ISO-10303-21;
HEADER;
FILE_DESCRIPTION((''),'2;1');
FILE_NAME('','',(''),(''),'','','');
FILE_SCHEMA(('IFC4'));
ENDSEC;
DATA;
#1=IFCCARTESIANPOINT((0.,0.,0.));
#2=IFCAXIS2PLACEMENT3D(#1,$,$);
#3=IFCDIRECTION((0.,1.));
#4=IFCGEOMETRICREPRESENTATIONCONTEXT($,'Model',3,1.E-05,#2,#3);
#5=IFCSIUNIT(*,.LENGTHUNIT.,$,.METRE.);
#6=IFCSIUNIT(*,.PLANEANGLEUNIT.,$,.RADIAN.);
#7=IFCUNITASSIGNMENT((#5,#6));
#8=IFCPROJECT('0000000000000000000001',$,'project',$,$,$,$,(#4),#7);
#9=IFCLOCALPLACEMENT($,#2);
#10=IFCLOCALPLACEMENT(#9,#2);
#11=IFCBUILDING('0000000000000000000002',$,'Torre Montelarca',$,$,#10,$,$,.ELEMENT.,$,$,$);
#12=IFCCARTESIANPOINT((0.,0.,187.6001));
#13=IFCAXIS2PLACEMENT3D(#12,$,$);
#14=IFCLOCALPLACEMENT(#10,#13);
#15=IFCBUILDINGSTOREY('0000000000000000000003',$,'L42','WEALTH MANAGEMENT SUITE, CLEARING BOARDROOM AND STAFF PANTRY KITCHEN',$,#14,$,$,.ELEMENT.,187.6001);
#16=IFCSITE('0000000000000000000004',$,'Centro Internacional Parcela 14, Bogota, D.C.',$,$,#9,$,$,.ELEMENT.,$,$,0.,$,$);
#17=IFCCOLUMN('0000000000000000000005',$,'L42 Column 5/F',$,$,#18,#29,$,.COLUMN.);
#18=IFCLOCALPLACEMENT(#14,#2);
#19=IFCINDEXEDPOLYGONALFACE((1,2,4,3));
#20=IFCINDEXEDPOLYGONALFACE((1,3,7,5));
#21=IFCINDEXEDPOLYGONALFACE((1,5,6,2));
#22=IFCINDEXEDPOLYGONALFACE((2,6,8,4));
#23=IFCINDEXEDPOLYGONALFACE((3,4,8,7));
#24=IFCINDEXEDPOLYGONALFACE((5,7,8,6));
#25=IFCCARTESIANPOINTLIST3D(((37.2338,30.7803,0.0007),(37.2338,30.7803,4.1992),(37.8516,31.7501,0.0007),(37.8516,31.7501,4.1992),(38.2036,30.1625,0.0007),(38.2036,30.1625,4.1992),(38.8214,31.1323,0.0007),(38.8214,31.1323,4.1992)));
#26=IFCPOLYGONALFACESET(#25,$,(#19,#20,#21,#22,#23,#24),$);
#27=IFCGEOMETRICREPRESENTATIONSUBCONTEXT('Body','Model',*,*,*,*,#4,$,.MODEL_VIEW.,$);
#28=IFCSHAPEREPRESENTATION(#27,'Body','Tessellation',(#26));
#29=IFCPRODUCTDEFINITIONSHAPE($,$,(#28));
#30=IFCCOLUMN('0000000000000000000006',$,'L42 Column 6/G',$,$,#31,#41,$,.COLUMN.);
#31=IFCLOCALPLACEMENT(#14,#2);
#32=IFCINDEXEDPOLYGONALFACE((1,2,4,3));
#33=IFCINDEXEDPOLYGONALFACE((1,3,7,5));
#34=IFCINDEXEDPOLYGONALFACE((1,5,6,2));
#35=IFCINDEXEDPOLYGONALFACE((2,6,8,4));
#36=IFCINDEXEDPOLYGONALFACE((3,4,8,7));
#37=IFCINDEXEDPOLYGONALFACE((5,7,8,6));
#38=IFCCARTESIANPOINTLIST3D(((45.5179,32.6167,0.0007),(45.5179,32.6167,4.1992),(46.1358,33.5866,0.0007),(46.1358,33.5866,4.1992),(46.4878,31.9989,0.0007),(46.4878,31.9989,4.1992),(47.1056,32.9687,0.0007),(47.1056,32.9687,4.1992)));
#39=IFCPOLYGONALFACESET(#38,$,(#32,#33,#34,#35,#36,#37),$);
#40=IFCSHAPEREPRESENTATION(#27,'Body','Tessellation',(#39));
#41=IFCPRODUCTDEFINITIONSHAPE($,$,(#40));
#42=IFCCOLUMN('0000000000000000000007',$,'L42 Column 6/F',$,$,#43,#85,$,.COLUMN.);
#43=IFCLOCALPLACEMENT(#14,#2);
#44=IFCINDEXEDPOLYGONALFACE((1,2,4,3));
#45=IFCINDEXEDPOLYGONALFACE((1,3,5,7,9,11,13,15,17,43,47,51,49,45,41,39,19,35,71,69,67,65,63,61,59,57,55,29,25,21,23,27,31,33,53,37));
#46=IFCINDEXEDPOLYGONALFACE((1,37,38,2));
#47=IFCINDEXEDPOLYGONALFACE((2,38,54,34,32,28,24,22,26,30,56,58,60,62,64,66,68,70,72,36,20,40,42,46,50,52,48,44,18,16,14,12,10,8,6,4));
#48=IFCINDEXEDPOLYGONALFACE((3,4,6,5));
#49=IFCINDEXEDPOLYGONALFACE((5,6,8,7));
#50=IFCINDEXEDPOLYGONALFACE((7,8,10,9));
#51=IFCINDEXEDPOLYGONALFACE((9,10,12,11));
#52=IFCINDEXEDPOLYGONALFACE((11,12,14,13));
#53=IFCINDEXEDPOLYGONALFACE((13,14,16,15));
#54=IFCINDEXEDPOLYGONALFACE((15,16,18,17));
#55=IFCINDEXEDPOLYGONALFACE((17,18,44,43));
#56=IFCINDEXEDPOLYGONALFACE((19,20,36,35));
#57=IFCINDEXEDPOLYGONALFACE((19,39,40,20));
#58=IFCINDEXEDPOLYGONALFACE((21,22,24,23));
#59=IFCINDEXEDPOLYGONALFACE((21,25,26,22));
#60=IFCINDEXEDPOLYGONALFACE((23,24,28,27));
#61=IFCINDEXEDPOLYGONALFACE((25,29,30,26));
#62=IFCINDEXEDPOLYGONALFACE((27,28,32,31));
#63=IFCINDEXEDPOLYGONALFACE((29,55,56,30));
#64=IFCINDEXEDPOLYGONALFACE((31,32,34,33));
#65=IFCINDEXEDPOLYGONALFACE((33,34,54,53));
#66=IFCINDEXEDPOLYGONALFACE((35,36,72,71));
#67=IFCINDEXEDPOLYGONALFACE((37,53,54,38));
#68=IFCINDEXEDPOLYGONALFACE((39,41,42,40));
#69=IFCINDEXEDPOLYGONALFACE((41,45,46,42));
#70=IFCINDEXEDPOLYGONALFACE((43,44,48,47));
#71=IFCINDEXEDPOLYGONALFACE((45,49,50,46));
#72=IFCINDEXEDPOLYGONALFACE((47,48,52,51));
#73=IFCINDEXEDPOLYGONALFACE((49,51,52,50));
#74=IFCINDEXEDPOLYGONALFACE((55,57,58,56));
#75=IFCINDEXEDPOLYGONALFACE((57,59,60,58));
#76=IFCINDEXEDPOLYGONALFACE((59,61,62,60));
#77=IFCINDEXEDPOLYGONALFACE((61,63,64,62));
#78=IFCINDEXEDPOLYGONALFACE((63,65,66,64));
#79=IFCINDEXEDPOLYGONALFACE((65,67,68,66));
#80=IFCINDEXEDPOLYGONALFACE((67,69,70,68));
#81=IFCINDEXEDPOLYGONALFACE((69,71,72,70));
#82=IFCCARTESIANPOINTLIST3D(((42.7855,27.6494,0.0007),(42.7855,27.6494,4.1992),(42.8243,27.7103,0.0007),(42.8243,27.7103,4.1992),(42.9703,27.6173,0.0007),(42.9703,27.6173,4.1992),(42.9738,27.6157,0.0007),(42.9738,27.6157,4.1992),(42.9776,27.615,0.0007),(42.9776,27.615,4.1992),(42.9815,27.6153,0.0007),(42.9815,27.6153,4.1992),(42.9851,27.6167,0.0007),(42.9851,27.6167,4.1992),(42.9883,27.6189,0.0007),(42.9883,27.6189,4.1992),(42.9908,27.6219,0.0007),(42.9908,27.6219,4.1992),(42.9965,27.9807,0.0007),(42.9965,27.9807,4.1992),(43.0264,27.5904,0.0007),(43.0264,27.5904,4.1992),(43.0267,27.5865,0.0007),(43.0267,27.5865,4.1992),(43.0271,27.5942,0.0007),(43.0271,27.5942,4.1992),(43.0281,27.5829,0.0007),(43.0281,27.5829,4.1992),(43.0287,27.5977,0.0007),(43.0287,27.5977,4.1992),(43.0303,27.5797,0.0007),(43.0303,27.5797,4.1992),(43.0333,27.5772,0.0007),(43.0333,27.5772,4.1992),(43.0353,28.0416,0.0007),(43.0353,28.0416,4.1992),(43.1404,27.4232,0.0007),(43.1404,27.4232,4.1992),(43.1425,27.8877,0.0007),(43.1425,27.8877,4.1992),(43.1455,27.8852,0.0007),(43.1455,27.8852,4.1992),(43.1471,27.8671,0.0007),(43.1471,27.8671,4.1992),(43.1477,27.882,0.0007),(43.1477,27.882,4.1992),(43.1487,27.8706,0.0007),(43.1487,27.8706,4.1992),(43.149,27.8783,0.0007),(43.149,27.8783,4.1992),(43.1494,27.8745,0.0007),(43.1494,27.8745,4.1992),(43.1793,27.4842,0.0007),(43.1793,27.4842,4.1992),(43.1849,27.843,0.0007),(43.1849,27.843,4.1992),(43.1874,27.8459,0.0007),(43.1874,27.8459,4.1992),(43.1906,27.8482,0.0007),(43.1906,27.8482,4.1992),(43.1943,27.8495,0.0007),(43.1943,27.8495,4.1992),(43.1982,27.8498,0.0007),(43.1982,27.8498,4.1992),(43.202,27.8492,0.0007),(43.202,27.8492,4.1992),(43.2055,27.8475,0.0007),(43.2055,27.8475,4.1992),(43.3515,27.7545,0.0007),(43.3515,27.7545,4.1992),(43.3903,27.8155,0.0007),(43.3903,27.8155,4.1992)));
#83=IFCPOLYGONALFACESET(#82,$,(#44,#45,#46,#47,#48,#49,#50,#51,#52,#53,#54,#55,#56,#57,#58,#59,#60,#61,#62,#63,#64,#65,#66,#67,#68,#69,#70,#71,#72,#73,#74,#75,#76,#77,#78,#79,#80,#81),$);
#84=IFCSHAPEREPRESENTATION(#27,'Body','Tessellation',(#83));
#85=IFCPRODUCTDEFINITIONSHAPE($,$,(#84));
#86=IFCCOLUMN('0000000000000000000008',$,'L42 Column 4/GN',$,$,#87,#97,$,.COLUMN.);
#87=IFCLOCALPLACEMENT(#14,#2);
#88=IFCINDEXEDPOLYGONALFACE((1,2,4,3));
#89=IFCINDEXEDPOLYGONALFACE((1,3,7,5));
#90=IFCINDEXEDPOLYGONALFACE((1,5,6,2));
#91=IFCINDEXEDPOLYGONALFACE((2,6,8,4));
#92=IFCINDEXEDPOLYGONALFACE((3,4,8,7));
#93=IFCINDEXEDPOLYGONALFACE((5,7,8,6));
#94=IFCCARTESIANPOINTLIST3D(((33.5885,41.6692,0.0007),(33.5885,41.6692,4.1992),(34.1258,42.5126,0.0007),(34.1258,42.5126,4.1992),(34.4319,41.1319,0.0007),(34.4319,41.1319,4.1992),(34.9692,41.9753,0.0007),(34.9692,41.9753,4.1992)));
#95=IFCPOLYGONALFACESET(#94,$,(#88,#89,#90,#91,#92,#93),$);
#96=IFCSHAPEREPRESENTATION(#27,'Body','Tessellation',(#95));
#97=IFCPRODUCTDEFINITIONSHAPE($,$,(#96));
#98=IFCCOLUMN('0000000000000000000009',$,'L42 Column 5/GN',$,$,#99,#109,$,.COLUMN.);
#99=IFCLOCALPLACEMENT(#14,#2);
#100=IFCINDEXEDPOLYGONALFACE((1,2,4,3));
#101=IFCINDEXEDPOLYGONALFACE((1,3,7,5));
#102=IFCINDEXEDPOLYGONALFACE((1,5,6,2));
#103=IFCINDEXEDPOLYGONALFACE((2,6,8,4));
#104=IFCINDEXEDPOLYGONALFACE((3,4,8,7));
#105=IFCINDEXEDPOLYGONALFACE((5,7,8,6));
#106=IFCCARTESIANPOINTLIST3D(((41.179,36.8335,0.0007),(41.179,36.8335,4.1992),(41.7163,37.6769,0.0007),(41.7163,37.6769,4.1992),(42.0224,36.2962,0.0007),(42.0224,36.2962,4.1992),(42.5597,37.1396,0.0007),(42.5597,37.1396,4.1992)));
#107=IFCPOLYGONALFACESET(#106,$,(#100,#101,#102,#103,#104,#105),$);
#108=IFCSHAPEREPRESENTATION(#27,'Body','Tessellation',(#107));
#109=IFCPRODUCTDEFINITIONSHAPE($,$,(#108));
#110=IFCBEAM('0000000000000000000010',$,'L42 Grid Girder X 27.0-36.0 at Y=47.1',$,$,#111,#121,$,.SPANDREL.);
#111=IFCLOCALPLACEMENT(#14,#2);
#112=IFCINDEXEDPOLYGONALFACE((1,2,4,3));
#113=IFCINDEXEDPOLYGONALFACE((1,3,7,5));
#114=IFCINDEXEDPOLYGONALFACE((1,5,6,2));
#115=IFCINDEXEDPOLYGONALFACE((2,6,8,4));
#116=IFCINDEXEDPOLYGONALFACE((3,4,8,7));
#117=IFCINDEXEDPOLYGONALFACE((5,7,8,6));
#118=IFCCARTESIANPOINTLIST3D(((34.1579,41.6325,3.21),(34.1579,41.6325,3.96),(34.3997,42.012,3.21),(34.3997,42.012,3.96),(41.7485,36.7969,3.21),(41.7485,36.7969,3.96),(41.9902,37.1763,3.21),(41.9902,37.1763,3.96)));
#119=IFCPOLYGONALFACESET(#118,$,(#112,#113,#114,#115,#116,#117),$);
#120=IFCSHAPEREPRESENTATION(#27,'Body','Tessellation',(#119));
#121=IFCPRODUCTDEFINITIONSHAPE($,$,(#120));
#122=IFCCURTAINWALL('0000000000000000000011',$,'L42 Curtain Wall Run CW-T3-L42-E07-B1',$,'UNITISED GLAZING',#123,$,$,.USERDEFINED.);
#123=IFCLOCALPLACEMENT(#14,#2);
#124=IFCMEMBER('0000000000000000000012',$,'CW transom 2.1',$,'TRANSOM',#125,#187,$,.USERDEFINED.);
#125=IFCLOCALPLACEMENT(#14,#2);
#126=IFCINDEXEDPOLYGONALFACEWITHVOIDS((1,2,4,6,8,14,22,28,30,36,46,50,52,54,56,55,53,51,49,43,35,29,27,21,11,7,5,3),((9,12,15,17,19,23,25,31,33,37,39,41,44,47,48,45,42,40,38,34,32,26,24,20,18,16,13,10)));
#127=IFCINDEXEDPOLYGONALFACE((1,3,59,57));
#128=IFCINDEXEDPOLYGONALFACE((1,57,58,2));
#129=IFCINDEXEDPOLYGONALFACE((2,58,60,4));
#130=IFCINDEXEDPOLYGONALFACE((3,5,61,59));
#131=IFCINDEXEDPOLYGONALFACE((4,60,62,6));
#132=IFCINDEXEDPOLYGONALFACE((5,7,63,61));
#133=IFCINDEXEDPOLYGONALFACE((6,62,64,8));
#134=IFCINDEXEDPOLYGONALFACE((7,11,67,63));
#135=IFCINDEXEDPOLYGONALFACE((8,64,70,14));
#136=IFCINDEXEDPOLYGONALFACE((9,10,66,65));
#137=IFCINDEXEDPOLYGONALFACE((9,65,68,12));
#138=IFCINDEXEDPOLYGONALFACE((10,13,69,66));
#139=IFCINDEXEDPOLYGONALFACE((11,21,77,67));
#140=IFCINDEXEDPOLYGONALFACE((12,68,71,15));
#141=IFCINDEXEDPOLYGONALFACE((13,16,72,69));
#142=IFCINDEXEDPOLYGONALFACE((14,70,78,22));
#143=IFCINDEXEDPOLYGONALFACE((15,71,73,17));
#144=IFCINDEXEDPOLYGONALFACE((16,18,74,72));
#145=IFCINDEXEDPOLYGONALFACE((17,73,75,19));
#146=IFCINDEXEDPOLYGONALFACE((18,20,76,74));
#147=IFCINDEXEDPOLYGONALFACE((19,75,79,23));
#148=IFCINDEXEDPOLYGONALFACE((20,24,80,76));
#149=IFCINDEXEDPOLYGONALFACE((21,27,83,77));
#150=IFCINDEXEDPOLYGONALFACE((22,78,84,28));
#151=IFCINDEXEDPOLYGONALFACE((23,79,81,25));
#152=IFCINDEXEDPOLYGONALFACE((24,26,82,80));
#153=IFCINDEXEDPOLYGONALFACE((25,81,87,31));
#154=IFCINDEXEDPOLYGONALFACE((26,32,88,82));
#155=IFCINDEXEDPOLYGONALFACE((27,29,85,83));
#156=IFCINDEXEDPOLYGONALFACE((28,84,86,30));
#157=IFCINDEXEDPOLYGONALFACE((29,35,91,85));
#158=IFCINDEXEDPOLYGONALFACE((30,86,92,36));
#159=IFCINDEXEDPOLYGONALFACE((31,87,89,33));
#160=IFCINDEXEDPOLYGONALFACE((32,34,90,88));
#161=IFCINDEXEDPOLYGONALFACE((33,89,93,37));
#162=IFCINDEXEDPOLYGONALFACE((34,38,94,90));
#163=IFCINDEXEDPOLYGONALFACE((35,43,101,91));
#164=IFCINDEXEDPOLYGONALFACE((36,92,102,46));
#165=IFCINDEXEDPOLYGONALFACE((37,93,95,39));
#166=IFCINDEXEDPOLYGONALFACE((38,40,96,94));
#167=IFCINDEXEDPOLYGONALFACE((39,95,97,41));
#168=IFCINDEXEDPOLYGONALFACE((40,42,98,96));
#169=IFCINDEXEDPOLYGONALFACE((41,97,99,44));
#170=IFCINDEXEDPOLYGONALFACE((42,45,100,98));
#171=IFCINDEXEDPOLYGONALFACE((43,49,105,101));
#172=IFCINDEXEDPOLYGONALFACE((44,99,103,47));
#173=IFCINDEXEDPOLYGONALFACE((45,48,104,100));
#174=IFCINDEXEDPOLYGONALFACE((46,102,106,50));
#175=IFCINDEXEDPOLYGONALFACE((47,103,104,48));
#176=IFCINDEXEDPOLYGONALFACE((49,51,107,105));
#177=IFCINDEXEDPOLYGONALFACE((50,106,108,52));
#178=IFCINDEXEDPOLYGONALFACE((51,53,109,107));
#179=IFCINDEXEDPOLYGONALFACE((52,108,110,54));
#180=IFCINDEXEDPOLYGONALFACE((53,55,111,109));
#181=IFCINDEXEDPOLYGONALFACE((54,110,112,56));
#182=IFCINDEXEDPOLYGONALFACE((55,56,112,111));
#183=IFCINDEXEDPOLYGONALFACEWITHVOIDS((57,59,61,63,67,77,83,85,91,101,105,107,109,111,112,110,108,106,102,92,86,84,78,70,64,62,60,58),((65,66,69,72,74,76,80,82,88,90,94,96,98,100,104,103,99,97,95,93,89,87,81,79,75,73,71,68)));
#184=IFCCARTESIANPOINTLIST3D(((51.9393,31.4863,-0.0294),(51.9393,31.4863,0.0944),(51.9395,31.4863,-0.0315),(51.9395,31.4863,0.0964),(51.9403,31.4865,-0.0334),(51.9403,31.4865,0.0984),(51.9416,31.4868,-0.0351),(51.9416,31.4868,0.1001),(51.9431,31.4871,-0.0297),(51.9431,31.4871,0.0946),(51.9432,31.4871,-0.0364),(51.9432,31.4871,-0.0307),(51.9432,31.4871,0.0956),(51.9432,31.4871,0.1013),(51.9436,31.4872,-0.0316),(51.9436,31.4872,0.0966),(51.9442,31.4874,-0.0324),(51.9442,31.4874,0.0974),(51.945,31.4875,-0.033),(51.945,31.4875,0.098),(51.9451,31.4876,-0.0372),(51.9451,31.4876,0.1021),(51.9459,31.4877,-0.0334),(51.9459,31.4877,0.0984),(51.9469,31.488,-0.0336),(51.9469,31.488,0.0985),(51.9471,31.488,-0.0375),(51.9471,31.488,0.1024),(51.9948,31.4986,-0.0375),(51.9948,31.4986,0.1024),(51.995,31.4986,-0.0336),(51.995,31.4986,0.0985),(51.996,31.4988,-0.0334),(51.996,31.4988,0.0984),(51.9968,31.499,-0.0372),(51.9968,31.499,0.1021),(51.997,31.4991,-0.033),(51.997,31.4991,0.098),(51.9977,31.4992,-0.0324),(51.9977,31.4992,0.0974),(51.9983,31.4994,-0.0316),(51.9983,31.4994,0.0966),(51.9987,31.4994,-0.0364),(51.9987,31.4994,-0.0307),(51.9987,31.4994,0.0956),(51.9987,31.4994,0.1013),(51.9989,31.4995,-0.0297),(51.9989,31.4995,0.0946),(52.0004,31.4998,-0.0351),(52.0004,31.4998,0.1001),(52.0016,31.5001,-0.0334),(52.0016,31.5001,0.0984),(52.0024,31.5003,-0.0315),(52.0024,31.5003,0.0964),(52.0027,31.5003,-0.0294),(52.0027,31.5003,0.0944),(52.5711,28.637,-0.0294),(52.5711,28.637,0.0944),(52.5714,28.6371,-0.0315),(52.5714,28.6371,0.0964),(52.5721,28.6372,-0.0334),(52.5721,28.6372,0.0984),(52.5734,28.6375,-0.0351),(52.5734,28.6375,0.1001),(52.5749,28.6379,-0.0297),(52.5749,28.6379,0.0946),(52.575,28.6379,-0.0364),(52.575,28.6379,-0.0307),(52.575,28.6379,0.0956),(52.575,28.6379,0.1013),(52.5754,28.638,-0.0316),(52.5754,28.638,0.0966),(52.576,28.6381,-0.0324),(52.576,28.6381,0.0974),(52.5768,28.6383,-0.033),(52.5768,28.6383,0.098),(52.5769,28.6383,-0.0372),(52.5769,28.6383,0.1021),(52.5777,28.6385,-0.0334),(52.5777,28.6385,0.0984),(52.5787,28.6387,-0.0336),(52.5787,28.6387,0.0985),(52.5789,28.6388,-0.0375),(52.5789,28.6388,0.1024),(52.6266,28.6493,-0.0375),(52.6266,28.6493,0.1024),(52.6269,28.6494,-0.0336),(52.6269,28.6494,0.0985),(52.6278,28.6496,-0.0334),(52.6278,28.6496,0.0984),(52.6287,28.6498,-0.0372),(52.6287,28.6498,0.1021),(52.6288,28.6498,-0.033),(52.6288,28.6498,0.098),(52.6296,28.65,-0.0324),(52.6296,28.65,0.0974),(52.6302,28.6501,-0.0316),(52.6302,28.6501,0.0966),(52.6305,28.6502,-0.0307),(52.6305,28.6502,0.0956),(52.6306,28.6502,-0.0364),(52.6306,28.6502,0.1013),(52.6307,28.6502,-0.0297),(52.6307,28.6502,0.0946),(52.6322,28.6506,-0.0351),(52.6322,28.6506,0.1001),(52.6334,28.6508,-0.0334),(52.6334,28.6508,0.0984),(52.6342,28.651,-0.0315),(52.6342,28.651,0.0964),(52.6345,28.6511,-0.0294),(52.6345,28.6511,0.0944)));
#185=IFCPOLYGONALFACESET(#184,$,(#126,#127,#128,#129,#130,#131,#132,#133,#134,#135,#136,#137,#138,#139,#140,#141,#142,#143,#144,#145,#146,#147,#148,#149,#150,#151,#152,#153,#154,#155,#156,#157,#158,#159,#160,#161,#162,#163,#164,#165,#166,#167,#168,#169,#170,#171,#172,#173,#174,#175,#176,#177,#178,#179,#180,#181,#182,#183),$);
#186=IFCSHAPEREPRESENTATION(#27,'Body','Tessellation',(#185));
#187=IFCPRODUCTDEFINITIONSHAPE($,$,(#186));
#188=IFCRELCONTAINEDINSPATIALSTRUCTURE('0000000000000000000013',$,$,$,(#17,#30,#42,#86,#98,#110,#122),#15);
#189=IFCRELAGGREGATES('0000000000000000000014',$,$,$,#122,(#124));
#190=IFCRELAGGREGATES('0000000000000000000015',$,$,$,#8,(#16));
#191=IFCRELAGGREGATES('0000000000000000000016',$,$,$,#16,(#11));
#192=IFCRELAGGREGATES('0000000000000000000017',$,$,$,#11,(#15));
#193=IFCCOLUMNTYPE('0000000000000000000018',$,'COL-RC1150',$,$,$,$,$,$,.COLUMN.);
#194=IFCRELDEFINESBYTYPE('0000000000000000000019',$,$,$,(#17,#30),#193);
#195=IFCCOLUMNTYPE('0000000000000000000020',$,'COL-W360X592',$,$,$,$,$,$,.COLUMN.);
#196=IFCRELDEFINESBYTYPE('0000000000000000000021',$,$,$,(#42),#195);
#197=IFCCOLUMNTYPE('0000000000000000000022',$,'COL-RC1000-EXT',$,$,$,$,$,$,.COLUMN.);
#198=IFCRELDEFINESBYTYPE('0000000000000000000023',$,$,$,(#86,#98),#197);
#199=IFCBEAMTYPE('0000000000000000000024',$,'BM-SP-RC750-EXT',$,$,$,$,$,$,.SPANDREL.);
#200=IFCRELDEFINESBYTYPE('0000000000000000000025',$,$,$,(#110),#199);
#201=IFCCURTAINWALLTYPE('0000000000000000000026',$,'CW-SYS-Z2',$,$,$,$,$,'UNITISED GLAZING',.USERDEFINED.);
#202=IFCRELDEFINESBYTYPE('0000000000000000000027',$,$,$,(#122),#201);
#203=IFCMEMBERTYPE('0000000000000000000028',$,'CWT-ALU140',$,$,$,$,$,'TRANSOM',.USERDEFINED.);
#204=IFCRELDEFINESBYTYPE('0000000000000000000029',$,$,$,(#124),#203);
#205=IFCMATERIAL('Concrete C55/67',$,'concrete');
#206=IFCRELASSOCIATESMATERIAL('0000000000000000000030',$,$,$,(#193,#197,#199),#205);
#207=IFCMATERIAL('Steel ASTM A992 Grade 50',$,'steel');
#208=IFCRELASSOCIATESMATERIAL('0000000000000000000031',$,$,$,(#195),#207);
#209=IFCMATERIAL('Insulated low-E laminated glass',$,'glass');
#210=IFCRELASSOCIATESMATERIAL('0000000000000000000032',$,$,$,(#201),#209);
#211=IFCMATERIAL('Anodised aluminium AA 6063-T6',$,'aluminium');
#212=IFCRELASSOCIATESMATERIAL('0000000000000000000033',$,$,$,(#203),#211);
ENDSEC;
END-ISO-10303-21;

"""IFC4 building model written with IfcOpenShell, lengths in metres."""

from ifc_helpers import new_model, si_unit, direction, frame, origin, origin_2d, place, context, subcontext, project, spatial, rectangle, hollow_rectangle, i_section, extrude, source, transform, mapped, material, material_profile, profile_set, type_object, element, aggregate, save


model = new_model("IFC4")

# Units and contexts
model_context = context("Model", 3, precision=1e-05, world=origin(), true_north=direction((0.0, 1.0)))
body_context = subcontext(model_context, "Body", "Model", "MODEL_VIEW")
ifc_project = project(units=[si_unit("LENGTHUNIT", "METRE"), si_unit("PLANEANGLEUNIT", "RADIAN")], contexts=[model_context])

# Site, building, storey
site_placement = place(None, origin())
site = spatial("IfcSite", under=ifc_project, at=site_placement, Name="Centro Internacional Parcela 14, Bogota, D.C.", CompositionType="ELEMENT", RefElevation=0.0)
building_placement = place(site_placement, origin())
building = spatial("IfcBuilding", under=site, at=building_placement, Name="Torre Montelarca", CompositionType="ELEMENT")
storey_placement = place(building_placement, frame((0.0, 0.0, 187.6001)))
storey = spatial("IfcBuildingStorey", under=building, at=storey_placement, Name="L42", Description="WEALTH MANAGEMENT SUITE, CLEARING BOARDROOM AND STAFF PANTRY KITCHEN", CompositionType="ELEMENT", Elevation=187.6001)

# Columns
ifc_material_1 = material(Name="Concrete C55/67", Category="concrete")
ifc_material_profile_1 = material_profile(ifc_material_1, rectangle(XDim=1.1499, YDim=1.1499, at=origin_2d()), Name="RC1150X1150", Category="concrete")
ifc_profile_set_1 = profile_set([ifc_material_profile_1], Name="Concrete C55/67")
column_type_1 = type_object("IfcColumnType", Name="COL-RC1150", PredefinedType="COLUMN", material=ifc_profile_set_1)
shared_shape_1 = source(origin(), body_context, "Body", "SweptSolid", [
    extrude(rectangle(XDim=1.1499, YDim=1.1499, at=origin_2d()), origin(), (0.0, 0.0, 1.0), 4.1985),
])
for number, where, z_axis, x_axis, name in (
    (1, (38.0276, 30.9563, 0.0007), (0.0, 0.0, 1.0), (-0.843391, 0.5373, 0.0), "L42 Column 5/F"),
    (2, (46.3118, 32.7927, 0.0007), (0.0, 0.0, 1.0), (-0.843391, 0.5373, 0.0), "L42 Column 6/G"),
):
    element("IfcColumn", number, at=place(storey_placement, frame(where, z_axis=z_axis, x_axis=x_axis)), inside=storey, type_object=column_type_1, Name=name, PredefinedType="COLUMN", context=body_context, shape_type="MappedRepresentation", body=[
        mapped(shared_shape_1, transform((0.0, 0.0, 0.0), scale=1.0)),
    ])
ifc_material_2 = material(Name="Steel ASTM A992 Grade 50", Category="steel")
ifc_material_profile_2 = material_profile(ifc_material_2, i_section(OverallWidth=0.4209, OverallDepth=0.4651, WebThickness=0.0449, FlangeThickness=0.0723, FilletRadius=0.0149, at=origin_2d()), Name="W360X592", Category="steel")
ifc_profile_set_2 = profile_set([ifc_material_profile_2], Name="Steel ASTM A992 Grade 50")
column_type_2 = type_object("IfcColumnType", Name="COL-W360X592", PredefinedType="COLUMN", material=ifc_profile_set_2)
shared_shape_2 = source(origin(), body_context, "Body", "SweptSolid", [
    extrude(i_section(OverallWidth=0.4209, OverallDepth=0.4651, WebThickness=0.0449, FlangeThickness=0.0723, FilletRadius=0.0149, at=origin_2d()), origin(), (0.0, 0.0, 1.0), 4.1985),
])
column_placement = place(storey_placement, frame((43.0879, 27.7324, 0.0007), z_axis=(0.0, 0.0, 1.0), x_axis=(-0.843391, 0.5373, 0.0)))
element("IfcColumn", 3, at=column_placement, inside=storey, type_object=column_type_2, Name="L42 Column 6/F", PredefinedType="COLUMN", context=body_context, shape_type="MappedRepresentation", body=[
    mapped(shared_shape_2, transform((0.0, 0.0, 0.0), scale=1.0)),
])
ifc_material_profile_3 = material_profile(ifc_material_1, rectangle(XDim=1.0, YDim=1.0, at=origin_2d()), Name="RC1000X1000", Category="concrete")
ifc_profile_set_3 = profile_set([ifc_material_profile_3], Name="Concrete C55/67")
column_type_3 = type_object("IfcColumnType", Name="COL-RC1000-EXT", PredefinedType="COLUMN", material=ifc_profile_set_3)
shared_shape_3 = source(origin(), body_context, "Body", "SweptSolid", [
    extrude(rectangle(XDim=1.0, YDim=1.0, at=origin_2d()), origin(), (0.0, 0.0, 1.0), 4.1985),
])
for number, where, z_axis, x_axis, name in (
    (4, (34.2788, 41.8223, 0.0007), (0.0, 0.0, 1.0), (-0.843391, 0.5373, 0.0), "L42 Column 4/GN"),
    (5, (41.8694, 36.9866, 0.0007), (0.0, 0.0, 1.0), (-0.843391, 0.5373, 0.0), "L42 Column 5/GN"),
):
    element("IfcColumn", number, at=place(storey_placement, frame(where, z_axis=z_axis, x_axis=x_axis)), inside=storey, type_object=column_type_3, Name=name, PredefinedType="COLUMN", context=body_context, shape_type="MappedRepresentation", body=[
        mapped(shared_shape_3, transform((0.0, 0.0, 0.0), scale=1.0)),
    ])

# Beam
ifc_material_profile_4 = material_profile(ifc_material_1, rectangle(XDim=0.45, YDim=0.75, at=origin_2d()), Name="RCB450X750", Category="concrete")
ifc_profile_set_4 = profile_set([ifc_material_profile_4], Name="Concrete C55/67")
beam_type = type_object("IfcBeamType", Name="BM-SP-RC750-EXT", PredefinedType="SPANDREL", material=ifc_profile_set_4)
shared_shape_4 = source(origin(), body_context, "Body", "SweptSolid", [
    extrude(rectangle(XDim=0.45, YDim=0.75, at=origin_2d()), origin(), (0.0, 0.0, 1.0), 9.0),
])
beam_placement = place(storey_placement, frame((34.2788, 41.8223, 3.585), z_axis=(0.843393, -0.537297, 0.0), x_axis=(0.537297, 0.843393, 0.0)))
element("IfcBeam", 6, at=beam_placement, inside=storey, type_object=beam_type, Name="L42 Grid Girder X 27.0-36.0 at Y=47.1", PredefinedType="SPANDREL", context=body_context, shape_type="MappedRepresentation", body=[
    mapped(shared_shape_4, transform((0.0, 0.0, 0.0), scale=1.0)),
])

# Curtain wall, member
ifc_material_3 = material(Name="Insulated low-E laminated glass", Category="glass")
curtain_wall_type = type_object("IfcCurtainWallType", Name="CW-SYS-Z2", ElementType="UNITISED GLAZING", PredefinedType="USERDEFINED", material=ifc_material_3)
curtain_wall_1_placement = place(storey_placement, origin())
curtain_wall_1 = element("IfcCurtainWall", 7, at=curtain_wall_1_placement, inside=storey, type_object=curtain_wall_type, Name="L42 Curtain Wall Run CW-T3-L42-E07-B1", ObjectType="UNITISED GLAZING", PredefinedType="USERDEFINED")
ifc_material_4 = material(Name="Anodised aluminium AA 6063-T6", Category="aluminium")
ifc_material_profile_5 = material_profile(ifc_material_4, hollow_rectangle(XDim=0.0649, YDim=0.1399, WallThickness=0.0039, InnerFilletRadius=0.0039, OuterFilletRadius=0.0081, at=origin_2d()), Name="ALU65X140X4", Category="aluminium")
ifc_profile_set_5 = profile_set([ifc_material_profile_5], Name="Anodised aluminium AA 6063-T6")
member_type_1 = type_object("IfcMemberType", Name="CWT-ALU140", ElementType="TRANSOM", PredefinedType="USERDEFINED", material=ifc_profile_set_5)
shared_shape_5 = source(origin(), body_context, "Body", "SweptSolid", [
    extrude(hollow_rectangle(XDim=0.0649, YDim=0.1399, WallThickness=0.0039, InnerFilletRadius=0.0039, OuterFilletRadius=0.0081, at=origin_2d()), origin(), (0.0, 0.0, 1.0), 2.9185),
])
member_1_placement = place(storey_placement, frame((52.6028, 28.644, 0.0325), z_axis=(-0.216488, 0.976285, 0.0), x_axis=(-0.976285, -0.216488, 0.0)))
member_1 = element("IfcMember", 8, at=member_1_placement, type_object=member_type_1, Name="CW transom 2.1", ObjectType="TRANSOM", PredefinedType="USERDEFINED", context=body_context, shape_type="MappedRepresentation", body=[
    mapped(shared_shape_5, transform((0.0, 0.0, 0.0), scale=1.0)),
])

aggregate(curtain_wall_1, [member_1])

save(model, "model.ifc")
